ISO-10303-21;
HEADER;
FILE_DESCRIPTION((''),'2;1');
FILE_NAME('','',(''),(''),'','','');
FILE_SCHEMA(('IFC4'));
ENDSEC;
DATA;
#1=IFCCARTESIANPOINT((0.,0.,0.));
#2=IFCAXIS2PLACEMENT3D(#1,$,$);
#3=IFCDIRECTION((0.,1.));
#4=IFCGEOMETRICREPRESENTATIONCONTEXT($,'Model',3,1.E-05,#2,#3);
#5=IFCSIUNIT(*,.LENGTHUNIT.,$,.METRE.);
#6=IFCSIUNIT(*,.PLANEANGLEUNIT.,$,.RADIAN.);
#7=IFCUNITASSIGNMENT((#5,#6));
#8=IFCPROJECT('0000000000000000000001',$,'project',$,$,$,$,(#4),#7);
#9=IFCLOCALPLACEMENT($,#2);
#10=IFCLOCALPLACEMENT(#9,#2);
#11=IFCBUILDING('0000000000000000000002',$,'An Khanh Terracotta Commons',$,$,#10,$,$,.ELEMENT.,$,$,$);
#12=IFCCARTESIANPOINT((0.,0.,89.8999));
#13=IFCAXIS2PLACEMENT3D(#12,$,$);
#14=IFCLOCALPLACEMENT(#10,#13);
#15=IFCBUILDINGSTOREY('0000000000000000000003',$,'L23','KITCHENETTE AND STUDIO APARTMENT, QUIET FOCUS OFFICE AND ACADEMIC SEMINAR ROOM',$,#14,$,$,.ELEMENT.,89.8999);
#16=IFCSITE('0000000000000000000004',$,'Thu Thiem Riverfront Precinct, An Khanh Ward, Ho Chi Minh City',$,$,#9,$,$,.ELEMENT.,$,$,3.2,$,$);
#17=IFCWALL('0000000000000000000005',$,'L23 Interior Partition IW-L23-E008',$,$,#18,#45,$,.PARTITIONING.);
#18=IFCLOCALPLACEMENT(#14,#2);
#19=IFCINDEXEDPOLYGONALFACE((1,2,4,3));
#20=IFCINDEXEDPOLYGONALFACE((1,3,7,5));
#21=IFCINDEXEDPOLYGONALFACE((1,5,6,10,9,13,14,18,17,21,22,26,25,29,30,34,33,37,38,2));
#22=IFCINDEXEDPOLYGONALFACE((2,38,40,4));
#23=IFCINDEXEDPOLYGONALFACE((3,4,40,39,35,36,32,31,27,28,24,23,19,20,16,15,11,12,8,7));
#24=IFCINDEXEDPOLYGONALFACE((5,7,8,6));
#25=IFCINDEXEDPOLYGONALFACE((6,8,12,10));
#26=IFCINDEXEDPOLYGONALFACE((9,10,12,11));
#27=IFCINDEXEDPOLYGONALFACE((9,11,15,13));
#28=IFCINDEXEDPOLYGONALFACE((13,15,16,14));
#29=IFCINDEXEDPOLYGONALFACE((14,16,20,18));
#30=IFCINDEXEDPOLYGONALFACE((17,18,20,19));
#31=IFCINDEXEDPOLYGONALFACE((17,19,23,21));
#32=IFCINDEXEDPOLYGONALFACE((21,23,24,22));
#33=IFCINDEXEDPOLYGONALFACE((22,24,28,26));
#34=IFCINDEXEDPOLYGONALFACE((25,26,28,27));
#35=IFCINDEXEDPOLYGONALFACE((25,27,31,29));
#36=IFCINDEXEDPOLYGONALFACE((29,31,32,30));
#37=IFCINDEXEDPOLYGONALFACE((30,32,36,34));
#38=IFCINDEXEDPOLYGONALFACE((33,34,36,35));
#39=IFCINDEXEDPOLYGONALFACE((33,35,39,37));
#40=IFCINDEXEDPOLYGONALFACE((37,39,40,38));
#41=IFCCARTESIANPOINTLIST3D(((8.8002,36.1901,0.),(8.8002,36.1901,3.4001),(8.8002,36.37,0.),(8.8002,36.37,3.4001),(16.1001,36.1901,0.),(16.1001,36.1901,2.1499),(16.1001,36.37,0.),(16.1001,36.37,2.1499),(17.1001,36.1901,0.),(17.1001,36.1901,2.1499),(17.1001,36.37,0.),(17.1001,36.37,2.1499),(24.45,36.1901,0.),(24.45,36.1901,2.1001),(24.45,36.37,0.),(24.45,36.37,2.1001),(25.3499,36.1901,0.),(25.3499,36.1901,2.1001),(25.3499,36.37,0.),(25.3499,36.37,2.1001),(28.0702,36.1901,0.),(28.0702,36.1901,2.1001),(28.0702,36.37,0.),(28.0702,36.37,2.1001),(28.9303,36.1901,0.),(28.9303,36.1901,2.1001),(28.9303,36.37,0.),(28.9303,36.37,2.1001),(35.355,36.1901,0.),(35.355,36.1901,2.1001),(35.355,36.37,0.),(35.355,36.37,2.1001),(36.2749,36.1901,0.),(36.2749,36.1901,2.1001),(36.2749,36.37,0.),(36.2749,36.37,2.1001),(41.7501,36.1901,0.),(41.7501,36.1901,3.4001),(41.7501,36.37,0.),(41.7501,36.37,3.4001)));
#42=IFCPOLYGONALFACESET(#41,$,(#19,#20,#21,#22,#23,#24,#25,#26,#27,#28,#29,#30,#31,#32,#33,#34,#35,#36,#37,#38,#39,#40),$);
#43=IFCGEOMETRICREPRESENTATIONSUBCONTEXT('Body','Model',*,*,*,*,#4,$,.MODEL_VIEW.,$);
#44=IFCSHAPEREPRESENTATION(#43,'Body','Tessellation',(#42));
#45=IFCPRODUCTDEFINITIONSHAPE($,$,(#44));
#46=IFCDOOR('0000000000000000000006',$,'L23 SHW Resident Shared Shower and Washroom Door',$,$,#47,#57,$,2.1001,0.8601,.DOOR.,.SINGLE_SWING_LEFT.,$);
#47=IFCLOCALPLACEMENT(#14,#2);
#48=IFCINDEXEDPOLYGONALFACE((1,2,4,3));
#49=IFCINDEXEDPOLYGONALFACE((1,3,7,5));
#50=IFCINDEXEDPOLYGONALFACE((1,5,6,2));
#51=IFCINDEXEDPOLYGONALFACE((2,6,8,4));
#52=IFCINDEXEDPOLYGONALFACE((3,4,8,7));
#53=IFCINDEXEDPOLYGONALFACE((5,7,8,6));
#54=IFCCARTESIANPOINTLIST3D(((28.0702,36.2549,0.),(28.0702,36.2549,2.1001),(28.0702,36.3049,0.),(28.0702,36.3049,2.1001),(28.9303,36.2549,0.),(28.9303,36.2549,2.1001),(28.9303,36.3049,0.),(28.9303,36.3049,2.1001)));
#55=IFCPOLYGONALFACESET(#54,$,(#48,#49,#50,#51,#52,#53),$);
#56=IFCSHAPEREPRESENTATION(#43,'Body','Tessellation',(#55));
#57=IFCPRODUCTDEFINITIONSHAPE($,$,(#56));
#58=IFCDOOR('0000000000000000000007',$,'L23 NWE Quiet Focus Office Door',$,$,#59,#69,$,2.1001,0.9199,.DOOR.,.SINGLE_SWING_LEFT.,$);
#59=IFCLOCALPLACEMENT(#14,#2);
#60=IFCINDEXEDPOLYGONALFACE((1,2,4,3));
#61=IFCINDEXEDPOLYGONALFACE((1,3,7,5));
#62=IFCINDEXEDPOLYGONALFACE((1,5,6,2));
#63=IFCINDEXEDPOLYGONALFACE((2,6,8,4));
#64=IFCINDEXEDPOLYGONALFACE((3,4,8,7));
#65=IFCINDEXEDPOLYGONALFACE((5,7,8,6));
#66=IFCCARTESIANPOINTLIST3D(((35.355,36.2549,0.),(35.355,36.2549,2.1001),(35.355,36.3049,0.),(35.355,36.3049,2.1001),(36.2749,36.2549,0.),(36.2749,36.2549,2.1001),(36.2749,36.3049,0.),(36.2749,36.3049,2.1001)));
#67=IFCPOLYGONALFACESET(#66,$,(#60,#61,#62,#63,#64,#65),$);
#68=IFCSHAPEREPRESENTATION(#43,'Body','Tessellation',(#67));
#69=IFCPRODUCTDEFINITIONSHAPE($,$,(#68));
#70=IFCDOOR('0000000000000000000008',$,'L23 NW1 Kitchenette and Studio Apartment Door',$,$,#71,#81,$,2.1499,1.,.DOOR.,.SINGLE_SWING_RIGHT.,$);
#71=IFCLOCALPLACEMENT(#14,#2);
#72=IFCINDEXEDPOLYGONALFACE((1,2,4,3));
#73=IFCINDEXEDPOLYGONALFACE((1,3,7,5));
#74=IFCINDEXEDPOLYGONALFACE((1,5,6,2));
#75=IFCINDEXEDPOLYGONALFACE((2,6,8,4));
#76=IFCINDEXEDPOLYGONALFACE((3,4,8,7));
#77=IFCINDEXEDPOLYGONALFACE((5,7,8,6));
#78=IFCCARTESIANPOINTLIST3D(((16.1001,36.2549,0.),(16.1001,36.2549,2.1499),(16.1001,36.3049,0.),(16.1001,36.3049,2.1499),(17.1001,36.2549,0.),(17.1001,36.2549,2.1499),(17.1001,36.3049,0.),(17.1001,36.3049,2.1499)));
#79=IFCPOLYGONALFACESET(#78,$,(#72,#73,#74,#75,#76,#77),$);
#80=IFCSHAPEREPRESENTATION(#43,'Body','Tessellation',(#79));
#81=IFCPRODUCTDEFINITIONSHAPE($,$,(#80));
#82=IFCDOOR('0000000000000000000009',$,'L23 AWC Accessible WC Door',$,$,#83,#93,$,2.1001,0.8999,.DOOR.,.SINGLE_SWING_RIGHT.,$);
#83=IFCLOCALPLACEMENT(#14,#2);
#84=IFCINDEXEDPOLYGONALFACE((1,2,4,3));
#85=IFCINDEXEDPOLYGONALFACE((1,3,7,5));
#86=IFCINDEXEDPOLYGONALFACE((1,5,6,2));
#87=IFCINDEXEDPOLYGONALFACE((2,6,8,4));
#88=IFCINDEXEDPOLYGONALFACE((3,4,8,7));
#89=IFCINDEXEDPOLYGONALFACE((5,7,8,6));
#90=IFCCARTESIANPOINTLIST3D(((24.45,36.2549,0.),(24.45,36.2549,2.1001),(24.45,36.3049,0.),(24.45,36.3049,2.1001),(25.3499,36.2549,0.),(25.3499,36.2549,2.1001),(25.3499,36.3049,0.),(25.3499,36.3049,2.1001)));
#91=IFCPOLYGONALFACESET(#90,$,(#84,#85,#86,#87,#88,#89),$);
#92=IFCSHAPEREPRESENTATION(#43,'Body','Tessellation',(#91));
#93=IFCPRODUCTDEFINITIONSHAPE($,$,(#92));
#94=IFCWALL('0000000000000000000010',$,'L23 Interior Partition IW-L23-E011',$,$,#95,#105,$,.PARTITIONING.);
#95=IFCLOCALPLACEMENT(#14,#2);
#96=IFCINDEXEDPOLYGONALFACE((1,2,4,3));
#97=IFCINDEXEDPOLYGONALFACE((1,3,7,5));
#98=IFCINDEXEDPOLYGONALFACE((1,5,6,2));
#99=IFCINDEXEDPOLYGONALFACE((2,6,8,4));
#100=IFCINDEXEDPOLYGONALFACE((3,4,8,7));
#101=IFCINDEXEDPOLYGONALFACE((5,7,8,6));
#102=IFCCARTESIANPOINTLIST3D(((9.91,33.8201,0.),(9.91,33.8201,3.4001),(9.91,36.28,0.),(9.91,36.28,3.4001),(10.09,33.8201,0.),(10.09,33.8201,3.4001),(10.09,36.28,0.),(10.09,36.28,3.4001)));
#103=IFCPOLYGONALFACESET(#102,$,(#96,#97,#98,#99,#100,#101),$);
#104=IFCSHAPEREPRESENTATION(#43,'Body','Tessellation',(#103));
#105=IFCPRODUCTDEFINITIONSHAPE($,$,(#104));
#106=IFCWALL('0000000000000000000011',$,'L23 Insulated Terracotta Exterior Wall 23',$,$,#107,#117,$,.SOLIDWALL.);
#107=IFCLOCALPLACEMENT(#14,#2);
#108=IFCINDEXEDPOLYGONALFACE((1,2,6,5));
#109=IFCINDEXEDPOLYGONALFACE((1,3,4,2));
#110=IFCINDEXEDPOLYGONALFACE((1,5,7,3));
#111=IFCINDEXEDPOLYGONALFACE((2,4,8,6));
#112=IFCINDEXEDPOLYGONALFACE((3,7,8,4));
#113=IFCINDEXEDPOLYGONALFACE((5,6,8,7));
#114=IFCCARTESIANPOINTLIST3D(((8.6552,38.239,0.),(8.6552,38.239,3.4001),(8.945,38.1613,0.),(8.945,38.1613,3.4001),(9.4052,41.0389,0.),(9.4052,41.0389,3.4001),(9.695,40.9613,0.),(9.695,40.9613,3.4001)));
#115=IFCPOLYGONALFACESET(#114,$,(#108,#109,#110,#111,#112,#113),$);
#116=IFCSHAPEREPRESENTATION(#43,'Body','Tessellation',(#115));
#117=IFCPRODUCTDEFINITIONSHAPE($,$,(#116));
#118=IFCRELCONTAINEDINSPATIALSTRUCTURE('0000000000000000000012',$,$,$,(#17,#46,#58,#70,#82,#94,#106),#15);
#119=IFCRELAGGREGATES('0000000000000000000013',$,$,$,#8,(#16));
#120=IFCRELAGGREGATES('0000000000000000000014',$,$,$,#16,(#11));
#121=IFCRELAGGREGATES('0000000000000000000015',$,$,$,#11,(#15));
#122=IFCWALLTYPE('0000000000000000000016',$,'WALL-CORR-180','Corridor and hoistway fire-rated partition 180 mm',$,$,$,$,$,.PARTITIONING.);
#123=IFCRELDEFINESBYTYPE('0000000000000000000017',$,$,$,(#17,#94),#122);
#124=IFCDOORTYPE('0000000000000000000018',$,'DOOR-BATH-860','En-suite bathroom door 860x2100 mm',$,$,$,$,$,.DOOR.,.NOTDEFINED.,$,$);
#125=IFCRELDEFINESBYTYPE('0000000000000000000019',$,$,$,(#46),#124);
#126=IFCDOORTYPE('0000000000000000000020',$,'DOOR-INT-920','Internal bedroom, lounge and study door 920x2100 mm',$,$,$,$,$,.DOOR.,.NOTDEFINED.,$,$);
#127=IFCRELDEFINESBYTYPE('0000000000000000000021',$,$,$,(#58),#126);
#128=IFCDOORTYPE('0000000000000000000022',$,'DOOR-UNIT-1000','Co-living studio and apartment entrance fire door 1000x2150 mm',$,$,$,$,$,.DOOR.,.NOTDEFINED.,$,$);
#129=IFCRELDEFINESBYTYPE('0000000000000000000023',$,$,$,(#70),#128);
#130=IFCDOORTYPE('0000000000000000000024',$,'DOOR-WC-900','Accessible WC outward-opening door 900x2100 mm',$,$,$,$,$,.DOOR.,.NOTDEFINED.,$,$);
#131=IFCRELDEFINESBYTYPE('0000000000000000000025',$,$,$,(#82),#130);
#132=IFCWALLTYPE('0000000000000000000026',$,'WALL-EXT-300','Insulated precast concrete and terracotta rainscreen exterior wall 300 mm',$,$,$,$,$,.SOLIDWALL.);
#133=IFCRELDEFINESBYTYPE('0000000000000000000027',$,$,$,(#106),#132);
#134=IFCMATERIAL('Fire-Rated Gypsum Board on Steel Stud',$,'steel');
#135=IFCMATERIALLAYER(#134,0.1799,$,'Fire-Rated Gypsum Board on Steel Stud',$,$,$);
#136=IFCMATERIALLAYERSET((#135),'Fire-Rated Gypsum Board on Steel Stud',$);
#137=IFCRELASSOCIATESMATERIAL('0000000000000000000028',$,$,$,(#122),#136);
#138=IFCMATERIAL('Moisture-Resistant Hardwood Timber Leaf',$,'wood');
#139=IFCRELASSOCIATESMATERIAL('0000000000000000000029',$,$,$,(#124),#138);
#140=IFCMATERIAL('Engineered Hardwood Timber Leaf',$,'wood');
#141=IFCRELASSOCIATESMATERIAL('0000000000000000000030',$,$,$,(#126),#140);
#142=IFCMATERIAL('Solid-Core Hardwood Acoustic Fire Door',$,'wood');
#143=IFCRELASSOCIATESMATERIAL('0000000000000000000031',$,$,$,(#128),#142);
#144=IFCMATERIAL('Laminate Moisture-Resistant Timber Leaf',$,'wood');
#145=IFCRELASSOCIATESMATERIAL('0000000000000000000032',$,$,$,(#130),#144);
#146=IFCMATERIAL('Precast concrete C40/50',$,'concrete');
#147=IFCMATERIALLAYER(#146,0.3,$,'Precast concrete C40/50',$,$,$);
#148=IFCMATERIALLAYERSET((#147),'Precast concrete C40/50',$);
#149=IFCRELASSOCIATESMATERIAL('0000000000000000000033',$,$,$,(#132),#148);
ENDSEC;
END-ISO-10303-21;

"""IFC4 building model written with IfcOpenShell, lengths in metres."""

from ifc_helpers import new_model, si_unit, direction, frame, frame_2d, origin, place, context, subcontext, project, spatial, rectangle, extrude, material, layer, layer_set, type_object, element, fill, save


model = new_model("IFC4")

# Units and contexts
model_context = context("Model", 3, precision=1e-05, world=origin(), true_north=direction((0.0, 1.0)))
body_context = subcontext(model_context, "Body", "Model", "MODEL_VIEW")
ifc_project = project(units=[si_unit("LENGTHUNIT", "METRE"), si_unit("PLANEANGLEUNIT", "RADIAN")], contexts=[model_context])

# Site, building, storey
site_placement = place(None, origin())
site = spatial("IfcSite", under=ifc_project, at=site_placement, Name="Thu Thiem Riverfront Precinct, An Khanh Ward, Ho Chi Minh City", CompositionType="ELEMENT", RefElevation=3.2)
building_placement = place(site_placement, origin())
building = spatial("IfcBuilding", under=site, at=building_placement, Name="An Khanh Terracotta Commons", CompositionType="ELEMENT")
storey_placement = place(building_placement, frame((0.0, 0.0, 89.8999)))
storey = spatial("IfcBuildingStorey", under=building, at=storey_placement, Name="L23", Description="KITCHENETTE AND STUDIO APARTMENT, QUIET FOCUS OFFICE AND ACADEMIC SEMINAR ROOM", CompositionType="ELEMENT", Elevation=89.8999)

# Wall, openings, doors
ifc_material_1 = material(Name="Fire-Rated Gypsum Board on Steel Stud", Category="steel")
ifc_layer_1 = layer(ifc_material_1, 0.1799, Name="Fire-Rated Gypsum Board on Steel Stud")
ifc_layer_set_1 = layer_set([ifc_layer_1], Name="Fire-Rated Gypsum Board on Steel Stud")
wall_type_1 = type_object("IfcWallType", Name="WALL-CORR-180", Description="Corridor and hoistway fire-rated partition 180 mm", PredefinedType="PARTITIONING", material=ifc_layer_set_1)
wall_1_placement = place(storey_placement, frame((8.8, 36.28, 0.0), z_axis=(0.0, 0.0, 1.0), x_axis=(1.0, 0.0, 0.0)))
wall_1 = element("IfcWall", 1, at=wall_1_placement, inside=storey, type_object=wall_type_1, Name="L23 Interior Partition IW-L23-E008", PredefinedType="PARTITIONING", context=body_context, shape_type="SweptSolid", body=[
    extrude(rectangle(XDim=32.95, YDim=0.1799, at=frame_2d((16.4751, 0.0))), origin(), (0.0, 0.0, 1.0), 3.4001),
])
opening_1_placement = place(wall_1_placement, frame((15.6499, 0.0, 0.0)))
opening_1 = element("IfcOpeningElement", 2, at=opening_1_placement, cuts=wall_1, PredefinedType="OPENING", context=body_context, shape_type="SweptSolid", body=[
    extrude(rectangle(XDim=0.8999, YDim=2.1001, at=frame_2d((0.45, 1.05))), frame((0.0, 0.0999, 0.0), z_axis=(0.0, -1.0, 0.0), x_axis=(1.0, 0.0, 0.0)), (0.0, 0.0, 1.0), 0.2),
])
opening_2_placement = place(wall_1_placement, frame((19.27, 0.0, 0.0)))
opening_2 = element("IfcOpeningElement", 3, at=opening_2_placement, cuts=wall_1, PredefinedType="OPENING", context=body_context, shape_type="SweptSolid", body=[
    extrude(rectangle(XDim=0.8601, YDim=2.1001, at=frame_2d((0.4302, 1.05))), frame((0.0, 0.0999, 0.0), z_axis=(0.0, -1.0, 0.0), x_axis=(1.0, 0.0, 0.0)), (0.0, 0.0, 1.0), 0.2),
])
opening_3_placement = place(wall_1_placement, frame((7.3, 0.0, 0.0)))
opening_3 = element("IfcOpeningElement", 4, at=opening_3_placement, cuts=wall_1, PredefinedType="OPENING", context=body_context, shape_type="SweptSolid", body=[
    extrude(rectangle(XDim=1.0, YDim=2.1499, at=frame_2d((0.5, 1.075))), frame((0.0, 0.0999, 0.0), z_axis=(0.0, -1.0, 0.0), x_axis=(1.0, 0.0, 0.0)), (0.0, 0.0, 1.0), 0.2),
])
opening_4_placement = place(wall_1_placement, frame((26.5549, 0.0, 0.0)))
opening_4 = element("IfcOpeningElement", 5, at=opening_4_placement, cuts=wall_1, PredefinedType="OPENING", context=body_context, shape_type="SweptSolid", body=[
    extrude(rectangle(XDim=0.9199, YDim=2.1001, at=frame_2d((0.46, 1.05))), frame((0.0, 0.0999, 0.0), z_axis=(0.0, -1.0, 0.0), x_axis=(1.0, 0.0, 0.0)), (0.0, 0.0, 1.0), 0.2),
])
ifc_material_2 = material(Name="Moisture-Resistant Hardwood Timber Leaf", Category="wood")
door_type_1 = type_object("IfcDoorType", Name="DOOR-BATH-860", Description="En-suite bathroom door 860x2100 mm", OperationType="NOTDEFINED", PredefinedType="DOOR", material=ifc_material_2)
door_1_placement = place(opening_2_placement, origin())
door_1 = element("IfcDoor", 6, at=door_1_placement, inside=storey, type_object=door_type_1, Name="L23 SHW Resident Shared Shower and Washroom Door", OperationType="SINGLE_SWING_LEFT", OverallHeight=2.1001, OverallWidth=0.8601, PredefinedType="DOOR", context=body_context, shape_type="SweptSolid", body=[
    extrude(rectangle(XDim=0.8601, YDim=2.1001, at=frame_2d((0.4302, 1.05))), frame((0.0, 0.0249, 0.0), z_axis=(0.0, -1.0, 0.0), x_axis=(1.0, 0.0, 0.0)), (0.0, 0.0, 1.0), 0.05),
])
fill(opening_2, door_1)
ifc_material_3 = material(Name="Engineered Hardwood Timber Leaf", Category="wood")
door_type_2 = type_object("IfcDoorType", Name="DOOR-INT-920", Description="Internal bedroom, lounge and study door 920x2100 mm", OperationType="NOTDEFINED", PredefinedType="DOOR", material=ifc_material_3)
door_2_placement = place(opening_4_placement, origin())
door_2 = element("IfcDoor", 7, at=door_2_placement, inside=storey, type_object=door_type_2, Name="L23 NWE Quiet Focus Office Door", OperationType="SINGLE_SWING_LEFT", OverallHeight=2.1001, OverallWidth=0.9199, PredefinedType="DOOR", context=body_context, shape_type="SweptSolid", body=[
    extrude(rectangle(XDim=0.9199, YDim=2.1001, at=frame_2d((0.46, 1.05))), frame((0.0, 0.0249, 0.0), z_axis=(0.0, -1.0, 0.0), x_axis=(1.0, 0.0, 0.0)), (0.0, 0.0, 1.0), 0.05),
])
fill(opening_4, door_2)
ifc_material_4 = material(Name="Solid-Core Hardwood Acoustic Fire Door", Category="wood")
door_type_3 = type_object("IfcDoorType", Name="DOOR-UNIT-1000", Description="Co-living studio and apartment entrance fire door 1000x2150 mm", OperationType="NOTDEFINED", PredefinedType="DOOR", material=ifc_material_4)
door_3_placement = place(opening_3_placement, origin())
door_3 = element("IfcDoor", 8, at=door_3_placement, inside=storey, type_object=door_type_3, Name="L23 NW1 Kitchenette and Studio Apartment Door", OperationType="SINGLE_SWING_RIGHT", OverallHeight=2.1499, OverallWidth=1.0, PredefinedType="DOOR", context=body_context, shape_type="SweptSolid", body=[
    extrude(rectangle(XDim=1.0, YDim=2.1499, at=frame_2d((0.5, 1.075))), frame((0.0, 0.0249, 0.0), z_axis=(0.0, -1.0, 0.0), x_axis=(1.0, 0.0, 0.0)), (0.0, 0.0, 1.0), 0.05),
])
fill(opening_3, door_3)
ifc_material_5 = material(Name="Laminate Moisture-Resistant Timber Leaf", Category="wood")
door_type_4 = type_object("IfcDoorType", Name="DOOR-WC-900", Description="Accessible WC outward-opening door 900x2100 mm", OperationType="NOTDEFINED", PredefinedType="DOOR", material=ifc_material_5)
door_4_placement = place(opening_1_placement, origin())
door_4 = element("IfcDoor", 9, at=door_4_placement, inside=storey, type_object=door_type_4, Name="L23 AWC Accessible WC Door", OperationType="SINGLE_SWING_RIGHT", OverallHeight=2.1001, OverallWidth=0.8999, PredefinedType="DOOR", context=body_context, shape_type="SweptSolid", body=[
    extrude(rectangle(XDim=0.8999, YDim=2.1001, at=frame_2d((0.45, 1.05))), frame((0.0, 0.0249, 0.0), z_axis=(0.0, -1.0, 0.0), x_axis=(1.0, 0.0, 0.0)), (0.0, 0.0, 1.0), 0.05),
])
fill(opening_1, door_4)

# Walls
wall_2_placement = place(storey_placement, frame((10.0, 33.8201, 0.0), z_axis=(0.0, 0.0, 1.0), x_axis=(0.0, 1.0, 0.0)))
element("IfcWall", 10, at=wall_2_placement, inside=storey, type_object=wall_type_1, Name="L23 Interior Partition IW-L23-E011", PredefinedType="PARTITIONING", context=body_context, shape_type="SweptSolid", body=[
    extrude(rectangle(XDim=2.46, YDim=0.1799, at=frame_2d((1.23, 0.0))), origin(), (0.0, 0.0, 1.0), 3.4001),
])
ifc_material_6 = material(Name="Precast concrete C40/50", Category="concrete")
ifc_layer_2 = layer(ifc_material_6, 0.3, Name="Precast concrete C40/50")
ifc_layer_set_2 = layer_set([ifc_layer_2], Name="Precast concrete C40/50")
wall_type_2 = type_object("IfcWallType", Name="WALL-EXT-300", Description="Insulated precast concrete and terracotta rainscreen exterior wall 300 mm", PredefinedType="SOLIDWALL", material=ifc_layer_set_2)
wall_3_placement = place(storey_placement, frame((9.55, 41.0, 0.0), z_axis=(0.0, 0.0, 1.0), x_axis=(-0.258732, -0.965949, 0.0)))
element("IfcWall", 11, at=wall_3_placement, inside=storey, type_object=wall_type_2, Name="L23 Insulated Terracotta Exterior Wall 23", PredefinedType="SOLIDWALL", context=body_context, shape_type="SweptSolid", body=[
    extrude(rectangle(XDim=2.8987, YDim=0.3, at=frame_2d((1.4492, 0.0))), origin(), (0.0, 0.0, 1.0), 3.4001),
])

save(model, "model.ifc")
